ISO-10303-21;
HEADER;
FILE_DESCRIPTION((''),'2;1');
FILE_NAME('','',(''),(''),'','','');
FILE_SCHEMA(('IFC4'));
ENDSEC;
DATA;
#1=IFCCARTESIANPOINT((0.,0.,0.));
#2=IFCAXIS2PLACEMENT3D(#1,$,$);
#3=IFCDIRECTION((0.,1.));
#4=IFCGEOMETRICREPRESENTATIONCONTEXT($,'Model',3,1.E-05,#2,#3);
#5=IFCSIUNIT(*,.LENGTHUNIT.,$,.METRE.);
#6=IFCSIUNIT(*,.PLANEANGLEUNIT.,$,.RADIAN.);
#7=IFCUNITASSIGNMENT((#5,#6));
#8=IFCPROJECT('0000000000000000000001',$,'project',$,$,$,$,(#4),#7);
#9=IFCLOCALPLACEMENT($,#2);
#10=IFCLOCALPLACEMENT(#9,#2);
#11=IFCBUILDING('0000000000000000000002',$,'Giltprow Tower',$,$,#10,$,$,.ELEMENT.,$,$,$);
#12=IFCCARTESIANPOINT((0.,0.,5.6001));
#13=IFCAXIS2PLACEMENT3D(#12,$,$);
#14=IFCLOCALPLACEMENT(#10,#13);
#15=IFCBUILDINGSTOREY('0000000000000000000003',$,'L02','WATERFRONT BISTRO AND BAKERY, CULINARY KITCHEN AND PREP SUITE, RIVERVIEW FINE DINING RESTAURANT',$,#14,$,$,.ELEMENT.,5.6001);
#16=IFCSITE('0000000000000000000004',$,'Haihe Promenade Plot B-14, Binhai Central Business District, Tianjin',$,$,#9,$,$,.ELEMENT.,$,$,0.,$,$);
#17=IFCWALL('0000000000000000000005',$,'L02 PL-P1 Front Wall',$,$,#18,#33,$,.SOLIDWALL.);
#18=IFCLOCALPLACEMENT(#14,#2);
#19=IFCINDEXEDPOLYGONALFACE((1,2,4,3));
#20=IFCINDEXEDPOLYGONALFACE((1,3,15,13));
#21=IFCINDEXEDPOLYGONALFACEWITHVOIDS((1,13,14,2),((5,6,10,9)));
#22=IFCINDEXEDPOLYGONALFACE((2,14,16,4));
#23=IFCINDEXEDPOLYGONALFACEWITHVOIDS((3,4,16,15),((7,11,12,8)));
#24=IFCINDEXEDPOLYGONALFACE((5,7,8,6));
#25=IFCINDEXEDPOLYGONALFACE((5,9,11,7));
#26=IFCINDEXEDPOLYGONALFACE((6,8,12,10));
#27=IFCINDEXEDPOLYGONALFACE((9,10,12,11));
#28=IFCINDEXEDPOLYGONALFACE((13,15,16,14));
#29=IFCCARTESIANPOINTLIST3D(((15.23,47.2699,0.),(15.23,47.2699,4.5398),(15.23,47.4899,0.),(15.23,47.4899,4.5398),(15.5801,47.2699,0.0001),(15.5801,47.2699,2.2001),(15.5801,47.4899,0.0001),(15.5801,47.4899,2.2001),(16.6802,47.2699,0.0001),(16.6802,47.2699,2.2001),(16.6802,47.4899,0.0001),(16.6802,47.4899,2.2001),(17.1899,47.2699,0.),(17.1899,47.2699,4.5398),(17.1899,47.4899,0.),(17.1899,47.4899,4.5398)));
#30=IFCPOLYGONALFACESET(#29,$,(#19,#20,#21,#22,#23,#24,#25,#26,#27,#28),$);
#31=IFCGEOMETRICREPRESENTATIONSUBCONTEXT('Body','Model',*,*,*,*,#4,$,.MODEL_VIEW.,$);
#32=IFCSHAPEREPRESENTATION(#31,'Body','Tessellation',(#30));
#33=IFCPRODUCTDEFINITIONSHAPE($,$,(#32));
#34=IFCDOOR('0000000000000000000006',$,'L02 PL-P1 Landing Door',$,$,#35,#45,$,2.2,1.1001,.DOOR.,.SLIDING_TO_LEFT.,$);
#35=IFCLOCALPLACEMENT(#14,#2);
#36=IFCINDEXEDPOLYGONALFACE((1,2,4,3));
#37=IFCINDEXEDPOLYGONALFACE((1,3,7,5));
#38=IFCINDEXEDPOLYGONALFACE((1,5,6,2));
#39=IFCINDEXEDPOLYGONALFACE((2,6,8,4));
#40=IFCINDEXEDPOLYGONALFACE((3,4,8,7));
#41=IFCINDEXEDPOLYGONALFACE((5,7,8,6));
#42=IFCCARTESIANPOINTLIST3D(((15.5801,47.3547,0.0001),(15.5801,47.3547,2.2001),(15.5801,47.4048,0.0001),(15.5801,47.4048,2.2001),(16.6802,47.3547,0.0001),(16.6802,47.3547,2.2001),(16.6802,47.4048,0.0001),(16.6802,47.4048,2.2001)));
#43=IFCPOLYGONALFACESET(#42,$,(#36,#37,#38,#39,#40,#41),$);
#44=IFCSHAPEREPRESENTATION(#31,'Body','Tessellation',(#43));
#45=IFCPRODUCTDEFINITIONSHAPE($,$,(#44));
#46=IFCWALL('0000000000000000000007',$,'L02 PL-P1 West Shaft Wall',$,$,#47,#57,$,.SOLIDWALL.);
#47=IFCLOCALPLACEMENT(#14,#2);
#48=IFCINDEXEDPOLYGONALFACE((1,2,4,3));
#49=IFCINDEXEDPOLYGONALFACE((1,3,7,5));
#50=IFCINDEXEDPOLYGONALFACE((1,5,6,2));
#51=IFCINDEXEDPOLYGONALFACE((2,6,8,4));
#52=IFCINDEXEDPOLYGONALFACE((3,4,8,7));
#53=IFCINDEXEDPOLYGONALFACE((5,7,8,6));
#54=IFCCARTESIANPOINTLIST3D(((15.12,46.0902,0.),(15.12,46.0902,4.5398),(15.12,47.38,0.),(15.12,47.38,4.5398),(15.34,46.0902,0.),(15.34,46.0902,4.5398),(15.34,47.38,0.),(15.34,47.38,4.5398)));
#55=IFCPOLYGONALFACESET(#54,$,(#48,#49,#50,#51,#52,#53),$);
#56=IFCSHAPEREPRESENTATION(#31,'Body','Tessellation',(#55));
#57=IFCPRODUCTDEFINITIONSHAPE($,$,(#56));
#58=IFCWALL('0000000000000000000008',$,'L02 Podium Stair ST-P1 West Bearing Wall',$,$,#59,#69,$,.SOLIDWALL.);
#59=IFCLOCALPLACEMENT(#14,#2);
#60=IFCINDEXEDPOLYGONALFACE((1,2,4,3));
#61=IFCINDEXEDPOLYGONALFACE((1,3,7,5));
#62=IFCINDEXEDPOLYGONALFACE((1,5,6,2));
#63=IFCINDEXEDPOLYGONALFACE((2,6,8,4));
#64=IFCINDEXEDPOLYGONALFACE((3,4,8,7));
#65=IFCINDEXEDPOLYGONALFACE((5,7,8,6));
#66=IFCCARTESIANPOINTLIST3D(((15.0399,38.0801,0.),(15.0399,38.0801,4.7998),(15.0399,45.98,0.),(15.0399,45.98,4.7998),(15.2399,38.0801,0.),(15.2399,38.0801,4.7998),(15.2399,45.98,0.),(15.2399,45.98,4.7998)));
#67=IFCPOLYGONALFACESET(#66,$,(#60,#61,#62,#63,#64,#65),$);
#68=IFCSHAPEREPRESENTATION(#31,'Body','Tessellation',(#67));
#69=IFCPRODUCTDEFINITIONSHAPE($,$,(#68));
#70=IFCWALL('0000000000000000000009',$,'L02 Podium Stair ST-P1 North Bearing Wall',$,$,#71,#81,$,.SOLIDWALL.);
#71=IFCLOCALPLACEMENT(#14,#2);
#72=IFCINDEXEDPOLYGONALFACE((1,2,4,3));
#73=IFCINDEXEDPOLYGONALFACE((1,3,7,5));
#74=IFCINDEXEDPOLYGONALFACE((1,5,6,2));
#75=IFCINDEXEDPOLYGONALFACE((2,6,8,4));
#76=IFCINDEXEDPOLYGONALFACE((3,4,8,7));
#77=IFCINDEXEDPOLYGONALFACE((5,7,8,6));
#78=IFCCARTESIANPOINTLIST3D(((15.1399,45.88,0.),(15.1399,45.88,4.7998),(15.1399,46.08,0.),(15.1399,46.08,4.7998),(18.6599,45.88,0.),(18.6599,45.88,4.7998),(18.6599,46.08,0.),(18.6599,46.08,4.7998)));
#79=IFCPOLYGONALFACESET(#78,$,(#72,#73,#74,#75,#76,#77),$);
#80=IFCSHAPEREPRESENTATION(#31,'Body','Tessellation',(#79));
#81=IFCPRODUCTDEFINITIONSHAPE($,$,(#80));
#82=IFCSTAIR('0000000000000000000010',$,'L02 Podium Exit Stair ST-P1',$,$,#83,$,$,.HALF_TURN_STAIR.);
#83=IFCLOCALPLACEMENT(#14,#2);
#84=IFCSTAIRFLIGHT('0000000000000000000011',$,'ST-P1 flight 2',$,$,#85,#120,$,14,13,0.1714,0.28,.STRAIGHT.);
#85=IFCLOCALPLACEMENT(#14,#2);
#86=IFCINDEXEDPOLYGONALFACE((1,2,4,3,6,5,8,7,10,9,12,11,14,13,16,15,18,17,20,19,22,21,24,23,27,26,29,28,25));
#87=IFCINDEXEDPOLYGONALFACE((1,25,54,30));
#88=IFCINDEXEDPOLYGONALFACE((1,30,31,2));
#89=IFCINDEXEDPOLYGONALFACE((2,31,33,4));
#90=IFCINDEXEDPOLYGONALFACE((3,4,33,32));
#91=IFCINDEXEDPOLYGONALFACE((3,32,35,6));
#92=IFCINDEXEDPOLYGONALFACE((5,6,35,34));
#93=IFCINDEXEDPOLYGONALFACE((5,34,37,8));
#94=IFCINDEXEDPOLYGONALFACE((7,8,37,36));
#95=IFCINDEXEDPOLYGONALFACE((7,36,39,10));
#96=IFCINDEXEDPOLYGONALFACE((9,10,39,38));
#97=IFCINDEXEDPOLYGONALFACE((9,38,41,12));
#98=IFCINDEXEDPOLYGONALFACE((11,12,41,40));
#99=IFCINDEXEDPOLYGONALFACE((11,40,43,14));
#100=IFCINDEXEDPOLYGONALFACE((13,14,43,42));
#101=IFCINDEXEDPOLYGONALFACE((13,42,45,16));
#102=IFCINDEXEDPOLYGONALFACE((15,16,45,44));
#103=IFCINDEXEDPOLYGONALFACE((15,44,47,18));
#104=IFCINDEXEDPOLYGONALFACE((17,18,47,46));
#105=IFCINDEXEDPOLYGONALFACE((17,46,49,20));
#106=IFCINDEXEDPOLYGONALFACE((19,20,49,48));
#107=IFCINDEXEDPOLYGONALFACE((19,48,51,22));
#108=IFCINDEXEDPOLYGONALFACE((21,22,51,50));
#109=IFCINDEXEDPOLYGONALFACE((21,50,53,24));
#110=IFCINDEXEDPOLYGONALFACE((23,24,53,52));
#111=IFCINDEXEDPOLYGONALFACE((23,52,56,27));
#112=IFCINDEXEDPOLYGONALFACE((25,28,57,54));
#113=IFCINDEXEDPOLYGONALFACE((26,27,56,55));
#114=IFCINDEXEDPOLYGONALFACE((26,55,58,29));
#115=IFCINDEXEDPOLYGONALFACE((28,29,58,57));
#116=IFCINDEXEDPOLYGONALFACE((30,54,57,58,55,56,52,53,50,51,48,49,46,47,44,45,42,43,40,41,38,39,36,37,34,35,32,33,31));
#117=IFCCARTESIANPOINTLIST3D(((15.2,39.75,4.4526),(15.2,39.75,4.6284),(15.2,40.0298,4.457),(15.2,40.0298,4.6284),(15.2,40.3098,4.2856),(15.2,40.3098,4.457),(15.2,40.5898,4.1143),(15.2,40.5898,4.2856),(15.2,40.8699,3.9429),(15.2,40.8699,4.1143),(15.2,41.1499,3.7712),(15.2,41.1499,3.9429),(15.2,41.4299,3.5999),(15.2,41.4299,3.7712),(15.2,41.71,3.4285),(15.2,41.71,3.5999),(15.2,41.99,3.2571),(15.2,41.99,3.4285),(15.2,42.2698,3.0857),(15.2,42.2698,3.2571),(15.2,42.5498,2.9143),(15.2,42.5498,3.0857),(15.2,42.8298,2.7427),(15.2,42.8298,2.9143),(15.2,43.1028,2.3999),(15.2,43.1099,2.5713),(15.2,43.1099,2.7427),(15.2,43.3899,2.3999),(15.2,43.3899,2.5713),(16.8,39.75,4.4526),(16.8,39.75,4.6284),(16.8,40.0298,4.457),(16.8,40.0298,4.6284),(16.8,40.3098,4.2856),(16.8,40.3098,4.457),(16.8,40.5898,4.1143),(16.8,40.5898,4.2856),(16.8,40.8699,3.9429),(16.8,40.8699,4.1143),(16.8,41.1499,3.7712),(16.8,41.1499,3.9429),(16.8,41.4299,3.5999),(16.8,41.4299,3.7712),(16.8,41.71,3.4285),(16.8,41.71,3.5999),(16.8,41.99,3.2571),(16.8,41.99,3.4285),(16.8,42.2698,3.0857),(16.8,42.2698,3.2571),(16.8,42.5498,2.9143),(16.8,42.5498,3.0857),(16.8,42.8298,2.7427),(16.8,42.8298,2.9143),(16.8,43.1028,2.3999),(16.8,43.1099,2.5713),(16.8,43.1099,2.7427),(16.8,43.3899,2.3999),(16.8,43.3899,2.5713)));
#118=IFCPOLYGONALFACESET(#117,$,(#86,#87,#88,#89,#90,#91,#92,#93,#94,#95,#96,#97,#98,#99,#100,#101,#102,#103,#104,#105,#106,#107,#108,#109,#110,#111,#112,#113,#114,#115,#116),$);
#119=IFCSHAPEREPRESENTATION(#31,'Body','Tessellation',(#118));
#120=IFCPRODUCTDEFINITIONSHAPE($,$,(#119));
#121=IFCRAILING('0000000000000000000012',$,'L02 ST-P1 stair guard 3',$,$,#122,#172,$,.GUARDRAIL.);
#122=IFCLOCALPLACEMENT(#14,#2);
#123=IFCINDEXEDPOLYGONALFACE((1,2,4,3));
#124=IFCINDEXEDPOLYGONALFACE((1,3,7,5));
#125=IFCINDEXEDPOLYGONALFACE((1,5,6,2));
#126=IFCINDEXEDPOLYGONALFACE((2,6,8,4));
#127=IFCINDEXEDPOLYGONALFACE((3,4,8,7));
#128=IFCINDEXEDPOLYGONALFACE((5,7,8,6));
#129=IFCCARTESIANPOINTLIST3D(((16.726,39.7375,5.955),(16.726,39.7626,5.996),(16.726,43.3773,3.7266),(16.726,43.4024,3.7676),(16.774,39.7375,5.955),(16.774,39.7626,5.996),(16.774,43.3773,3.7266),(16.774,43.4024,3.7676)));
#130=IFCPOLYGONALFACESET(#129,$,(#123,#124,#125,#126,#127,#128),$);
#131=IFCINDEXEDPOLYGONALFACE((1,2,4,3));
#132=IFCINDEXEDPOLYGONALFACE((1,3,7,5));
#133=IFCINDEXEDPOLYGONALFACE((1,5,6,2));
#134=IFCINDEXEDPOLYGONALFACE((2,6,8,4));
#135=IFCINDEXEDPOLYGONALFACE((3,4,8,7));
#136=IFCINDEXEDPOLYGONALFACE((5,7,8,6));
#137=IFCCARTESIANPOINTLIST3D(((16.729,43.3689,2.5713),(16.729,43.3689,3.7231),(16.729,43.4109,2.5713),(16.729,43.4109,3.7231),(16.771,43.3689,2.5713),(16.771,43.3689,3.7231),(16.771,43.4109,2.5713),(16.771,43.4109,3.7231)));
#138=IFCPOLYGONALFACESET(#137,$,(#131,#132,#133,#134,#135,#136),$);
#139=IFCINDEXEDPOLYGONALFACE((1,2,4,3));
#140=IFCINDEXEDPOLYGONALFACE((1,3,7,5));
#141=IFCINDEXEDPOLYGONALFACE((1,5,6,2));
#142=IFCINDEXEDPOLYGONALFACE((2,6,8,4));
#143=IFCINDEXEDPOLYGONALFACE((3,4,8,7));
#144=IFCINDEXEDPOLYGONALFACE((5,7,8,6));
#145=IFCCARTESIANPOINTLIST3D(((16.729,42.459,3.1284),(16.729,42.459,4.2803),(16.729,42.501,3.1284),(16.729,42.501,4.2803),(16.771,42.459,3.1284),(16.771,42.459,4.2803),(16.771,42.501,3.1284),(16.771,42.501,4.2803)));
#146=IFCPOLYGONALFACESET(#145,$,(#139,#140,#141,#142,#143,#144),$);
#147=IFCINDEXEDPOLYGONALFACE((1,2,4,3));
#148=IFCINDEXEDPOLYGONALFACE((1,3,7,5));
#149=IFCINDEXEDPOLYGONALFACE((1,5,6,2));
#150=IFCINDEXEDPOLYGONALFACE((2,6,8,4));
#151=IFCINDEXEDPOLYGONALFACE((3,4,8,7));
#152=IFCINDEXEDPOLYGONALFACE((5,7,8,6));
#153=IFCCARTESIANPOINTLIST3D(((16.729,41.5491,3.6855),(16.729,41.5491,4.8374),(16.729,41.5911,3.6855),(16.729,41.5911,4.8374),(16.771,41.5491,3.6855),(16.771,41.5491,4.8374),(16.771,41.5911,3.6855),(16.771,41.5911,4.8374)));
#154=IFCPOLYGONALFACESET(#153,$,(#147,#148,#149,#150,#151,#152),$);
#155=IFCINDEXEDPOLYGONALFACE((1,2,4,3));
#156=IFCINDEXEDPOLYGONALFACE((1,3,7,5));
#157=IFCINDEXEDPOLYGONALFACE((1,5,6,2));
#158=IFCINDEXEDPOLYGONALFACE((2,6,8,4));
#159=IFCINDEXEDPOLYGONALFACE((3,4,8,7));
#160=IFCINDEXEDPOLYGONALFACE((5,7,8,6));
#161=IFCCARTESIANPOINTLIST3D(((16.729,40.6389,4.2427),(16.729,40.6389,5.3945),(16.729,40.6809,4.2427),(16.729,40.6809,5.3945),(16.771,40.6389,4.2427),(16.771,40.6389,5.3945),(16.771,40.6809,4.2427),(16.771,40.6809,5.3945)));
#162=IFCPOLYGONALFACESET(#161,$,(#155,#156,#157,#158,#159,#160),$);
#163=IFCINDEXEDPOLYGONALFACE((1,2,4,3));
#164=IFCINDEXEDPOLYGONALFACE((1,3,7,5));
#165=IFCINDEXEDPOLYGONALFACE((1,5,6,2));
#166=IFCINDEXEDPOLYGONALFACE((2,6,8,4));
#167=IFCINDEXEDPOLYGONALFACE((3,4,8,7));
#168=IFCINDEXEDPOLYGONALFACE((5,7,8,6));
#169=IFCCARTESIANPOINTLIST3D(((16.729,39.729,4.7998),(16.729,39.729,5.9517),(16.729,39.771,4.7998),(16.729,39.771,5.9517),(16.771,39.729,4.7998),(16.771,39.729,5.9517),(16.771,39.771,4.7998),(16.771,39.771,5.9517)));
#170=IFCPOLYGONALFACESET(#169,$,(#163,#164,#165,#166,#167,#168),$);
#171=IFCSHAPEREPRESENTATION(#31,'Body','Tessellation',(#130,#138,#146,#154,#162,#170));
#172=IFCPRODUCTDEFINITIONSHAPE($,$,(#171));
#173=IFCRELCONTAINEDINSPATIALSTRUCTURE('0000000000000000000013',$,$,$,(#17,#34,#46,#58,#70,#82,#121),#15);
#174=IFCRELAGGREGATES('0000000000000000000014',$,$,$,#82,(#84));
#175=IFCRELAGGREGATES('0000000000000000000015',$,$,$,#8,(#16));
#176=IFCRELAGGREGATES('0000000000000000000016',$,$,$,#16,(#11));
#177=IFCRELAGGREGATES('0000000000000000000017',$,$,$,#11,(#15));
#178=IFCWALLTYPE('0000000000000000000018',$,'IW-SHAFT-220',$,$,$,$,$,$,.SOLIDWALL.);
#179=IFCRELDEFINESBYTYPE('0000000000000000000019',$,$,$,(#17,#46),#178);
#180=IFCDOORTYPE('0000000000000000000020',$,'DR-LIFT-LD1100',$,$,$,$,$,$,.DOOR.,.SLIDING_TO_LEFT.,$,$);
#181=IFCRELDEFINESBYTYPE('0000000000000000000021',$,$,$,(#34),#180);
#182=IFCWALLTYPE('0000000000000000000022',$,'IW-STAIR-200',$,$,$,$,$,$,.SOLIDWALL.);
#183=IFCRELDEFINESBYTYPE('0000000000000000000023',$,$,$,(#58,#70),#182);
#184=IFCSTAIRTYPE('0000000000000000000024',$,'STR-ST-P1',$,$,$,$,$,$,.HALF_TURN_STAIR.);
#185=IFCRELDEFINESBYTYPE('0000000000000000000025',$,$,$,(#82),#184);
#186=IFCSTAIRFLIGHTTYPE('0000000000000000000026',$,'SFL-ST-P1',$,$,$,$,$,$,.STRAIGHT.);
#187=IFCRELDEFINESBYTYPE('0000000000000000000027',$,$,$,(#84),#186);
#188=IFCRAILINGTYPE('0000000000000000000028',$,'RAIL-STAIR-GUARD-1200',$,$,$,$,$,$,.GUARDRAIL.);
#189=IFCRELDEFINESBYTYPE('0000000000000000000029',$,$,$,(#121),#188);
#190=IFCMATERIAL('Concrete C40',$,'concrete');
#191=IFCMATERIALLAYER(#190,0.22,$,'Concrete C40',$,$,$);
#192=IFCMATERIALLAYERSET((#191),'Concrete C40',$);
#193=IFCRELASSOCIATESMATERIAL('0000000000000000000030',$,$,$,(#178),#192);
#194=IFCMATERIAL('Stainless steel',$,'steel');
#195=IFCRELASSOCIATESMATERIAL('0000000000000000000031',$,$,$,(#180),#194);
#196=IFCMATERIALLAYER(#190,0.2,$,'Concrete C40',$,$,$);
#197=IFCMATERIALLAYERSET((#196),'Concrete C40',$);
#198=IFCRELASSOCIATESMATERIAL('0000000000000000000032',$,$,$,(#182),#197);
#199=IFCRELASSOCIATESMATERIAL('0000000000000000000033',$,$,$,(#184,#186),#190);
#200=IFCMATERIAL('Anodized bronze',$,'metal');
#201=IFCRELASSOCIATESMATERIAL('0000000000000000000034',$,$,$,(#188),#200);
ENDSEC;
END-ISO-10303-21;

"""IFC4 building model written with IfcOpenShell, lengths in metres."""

from ifc_helpers import new_model, si_unit, direction, frame, frame_2d, origin, origin_2d, place, context, subcontext, project, spatial, polyline, rectangle, outline, extrude, source, transform, mapped, material, layer, layer_set, type_object, element, fill, aggregate, save


model = new_model("IFC4")

# Units and contexts
model_context = context("Model", 3, precision=1e-05, world=origin(), true_north=direction((0.0, 1.0)))
body_context = subcontext(model_context, "Body", "Model", "MODEL_VIEW")
ifc_project = project(units=[si_unit("LENGTHUNIT", "METRE"), si_unit("PLANEANGLEUNIT", "RADIAN")], contexts=[model_context])

# Site, building, storey
site_placement = place(None, origin())
site = spatial("IfcSite", under=ifc_project, at=site_placement, Name="Haihe Promenade Plot B-14, Binhai Central Business District, Tianjin", CompositionType="ELEMENT", RefElevation=0.0)
building_placement = place(site_placement, origin())
building = spatial("IfcBuilding", under=site, at=building_placement, Name="Giltprow Tower", CompositionType="ELEMENT")
storey_placement = place(building_placement, frame((0.0, 0.0, 5.6001)))
storey = spatial("IfcBuildingStorey", under=building, at=storey_placement, Name="L02", Description="WATERFRONT BISTRO AND BAKERY, CULINARY KITCHEN AND PREP SUITE, RIVERVIEW FINE DINING RESTAURANT", CompositionType="ELEMENT", Elevation=5.6001)

# Wall, opening, door
ifc_material_1 = material(Name="Concrete C40", Category="concrete")
ifc_layer_1 = layer(ifc_material_1, 0.22, Name="Concrete C40")
ifc_layer_set_1 = layer_set([ifc_layer_1], Name="Concrete C40")
wall_type_1 = type_object("IfcWallType", Name="IW-SHAFT-220", PredefinedType="SOLIDWALL", material=ifc_layer_set_1)
wall_1_placement = place(storey_placement, frame((15.23, 47.3799, 0.0), z_axis=(0.0, 0.0, 1.0), x_axis=(1.0, 0.0, 0.0)))
wall_1 = element("IfcWall", 1, at=wall_1_placement, inside=storey, type_object=wall_type_1, Name="L02 PL-P1 Front Wall", PredefinedType="SOLIDWALL", context=body_context, shape_type="SweptSolid", body=[
    extrude(rectangle(XDim=1.96, YDim=0.22, at=frame_2d((0.98, 0.0))), origin(), (0.0, 0.0, 1.0), 4.5398),
])
opening_1_placement = place(wall_1_placement, frame((0.3501, 0.0, 0.0)))
opening_1 = element("IfcOpeningElement", 2, at=opening_1_placement, cuts=wall_1, PredefinedType="OPENING", context=body_context, shape_type="SweptSolid", body=[
    extrude(rectangle(XDim=1.1001, YDim=2.2, at=frame_2d((0.55, 1.1001))), frame((0.0, 0.1199, 0.0), z_axis=(0.0, -1.0, 0.0), x_axis=(1.0, 0.0, 0.0)), (0.0, 0.0, 1.0), 0.24),
])
ifc_material_2 = material(Name="Stainless steel", Category="steel")
door_type_1 = type_object("IfcDoorType", Name="DR-LIFT-LD1100", OperationType="SLIDING_TO_LEFT", PredefinedType="DOOR", material=ifc_material_2)
shared_shape_1 = source(origin(), body_context, "Body", "SweptSolid", [
    extrude(rectangle(XDim=1.1001, YDim=2.2, at=frame_2d((0.55, 1.1001))), frame((0.0, 0.0249, 0.0), z_axis=(0.0, -1.0, 0.0), x_axis=(1.0, 0.0, 0.0)), (0.0, 0.0, 1.0), 0.05),
])
door_1_placement = place(opening_1_placement, origin())
door_1 = element("IfcDoor", 3, at=door_1_placement, inside=storey, type_object=door_type_1, Name="L02 PL-P1 Landing Door", OperationType="SLIDING_TO_LEFT", OverallHeight=2.2, OverallWidth=1.1001, PredefinedType="DOOR", context=body_context, shape_type="MappedRepresentation", body=[
    mapped(shared_shape_1, transform((0.0, 0.0, 0.0), x_axis=(1.0, 0.0, 0.0), y_axis=(0.0, 1.0, 0.0), z_axis=(0.0, 0.0, 1.0), scale=1.0)),
])
fill(opening_1, door_1)

# Walls
wall_2_placement = place(storey_placement, frame((15.23, 46.0901, 0.0), z_axis=(0.0, 0.0, 1.0), x_axis=(0.0, 1.0, 0.0)))
element("IfcWall", 4, at=wall_2_placement, inside=storey, type_object=wall_type_1, Name="L02 PL-P1 West Shaft Wall", PredefinedType="SOLIDWALL", context=body_context, shape_type="SweptSolid", body=[
    extrude(rectangle(XDim=1.2898, YDim=0.22, at=frame_2d((0.645, 0.0))), origin(), (0.0, 0.0, 1.0), 4.5398),
])
ifc_layer_2 = layer(ifc_material_1, 0.2, Name="Concrete C40")
ifc_layer_set_2 = layer_set([ifc_layer_2], Name="Concrete C40")
wall_type_2 = type_object("IfcWallType", Name="IW-STAIR-200", PredefinedType="SOLIDWALL", material=ifc_layer_set_2)
wall_3_placement = place(storey_placement, frame((15.1399, 38.0801, 0.0), z_axis=(0.0, 0.0, 1.0), x_axis=(0.0, 1.0, 0.0)))
element("IfcWall", 5, at=wall_3_placement, inside=storey, type_object=wall_type_2, Name="L02 Podium Stair ST-P1 West Bearing Wall", PredefinedType="SOLIDWALL", context=body_context, shape_type="SweptSolid", body=[
    extrude(rectangle(XDim=7.8999, YDim=0.2, at=frame_2d((3.95, 0.0))), origin(), (0.0, 0.0, 1.0), 4.7998),
])
wall_4_placement = place(storey_placement, frame((15.1399, 45.98, 0.0), z_axis=(0.0, 0.0, 1.0), x_axis=(1.0, 0.0, 0.0)))
element("IfcWall", 6, at=wall_4_placement, inside=storey, type_object=wall_type_2, Name="L02 Podium Stair ST-P1 North Bearing Wall", PredefinedType="SOLIDWALL", context=body_context, shape_type="SweptSolid", body=[
    extrude(rectangle(XDim=3.52, YDim=0.2, at=frame_2d((1.76, 0.0))), origin(), (0.0, 0.0, 1.0), 4.7998),
])

# Stair, stair flight
stair_type = type_object("IfcStairType", Name="STR-ST-P1", PredefinedType="HALF_TURN_STAIR", material=ifc_material_1)
stair_placement = place(storey_placement, origin())
stair = element("IfcStair", 7, at=stair_placement, inside=storey, type_object=stair_type, Name="L02 Podium Exit Stair ST-P1", PredefinedType="HALF_TURN_STAIR")
stair_flight_type = type_object("IfcStairFlightType", Name="SFL-ST-P1", PredefinedType="STRAIGHT", material=ifc_material_1)
stair_flight_placement = place(storey_placement, frame((16.0, 43.3899, 2.3999), z_axis=(0.0, 0.0, 1.0), x_axis=(0.0, -1.0, 0.0)))
stair_flight = element("IfcStairFlight", 8, at=stair_flight_placement, type_object=stair_flight_type, Name="ST-P1 flight 2", NumberOfRisers=14, NumberOfTreads=13, PredefinedType="STRAIGHT", RiserHeight=0.1714, TreadLength=0.28, context=body_context, shape_type="SweptSolid", body=[
    extrude(outline(polyline([(0.0, 0.0), (0.0, 0.1714), (0.28, 0.1714), (0.28, 0.3428), (0.5601, 0.3428), (0.5601, 0.5144), (0.8401, 0.5144), (0.8401, 0.6858), (1.1201, 0.6858), (1.1201, 0.8572), (1.3999, 0.8572), (1.3999, 1.0286), (1.6799, 1.0286), (1.6799, 1.2), (1.96, 1.2), (1.96, 1.3713), (2.24, 1.3713), (2.24, 1.543), (2.52, 1.543), (2.52, 1.7144), (2.8, 1.7144), (2.8, 1.8857), (3.0801, 1.8857), (3.0801, 2.0571), (3.3601, 2.0571), (3.3601, 2.2285), (3.6399, 2.2285), (3.6399, 2.3999), (3.6399, 2.0527), (0.2871, 0.0), (0.0, 0.0)])), frame((0.0, 0.8, 0.0), z_axis=(0.0, -1.0, 0.0), x_axis=(1.0, 0.0, 0.0)), (0.0, 0.0, 1.0), 1.6001),
])
aggregate(stair, [stair_flight])

# Railing
ifc_material_3 = material(Name="Anodized bronze", Category="metal")
railing_type_1 = type_object("IfcRailingType", Name="RAIL-STAIR-GUARD-1200", PredefinedType="GUARDRAIL", material=ifc_material_3)
railing_1_placement = place(storey_placement, frame((16.75, 43.3899, 2.5713)))
element("IfcRailing", 9, at=railing_1_placement, inside=storey, type_object=railing_type_1, Name="L02 ST-P1 stair guard 3", PredefinedType="GUARDRAIL", context=body_context, shape_type="SweptSolid", body=[
    extrude(rectangle(XDim=0.0481, YDim=0.0481, at=origin_2d()), frame((0.0, 0.0, 1.1758), z_axis=(0.0, -0.85285, 0.522156), x_axis=(1.0, 0.0, 0.0)), (0.0, 0.0, 1.0), 4.2678),
    extrude(rectangle(XDim=0.042, YDim=0.042, at=origin_2d()), origin(), (0.0, 0.0, 1.0), 1.1519),
    extrude(rectangle(XDim=0.042, YDim=0.042, at=origin_2d()), frame((0.0, -0.9099, 0.5571)), (0.0, 0.0, 1.0), 1.1519),
    extrude(rectangle(XDim=0.042, YDim=0.042, at=origin_2d()), frame((0.0, -1.8198, 1.1143)), (0.0, 0.0, 1.0), 1.1519),
    extrude(rectangle(XDim=0.042, YDim=0.042, at=origin_2d()), frame((0.0, -2.73, 1.6714)), (0.0, 0.0, 1.0), 1.1519),
    extrude(rectangle(XDim=0.042, YDim=0.042, at=origin_2d()), frame((0.0, -3.6399, 2.2285)), (0.0, 0.0, 1.0), 1.1519),
])

save(model, "model.ifc")
